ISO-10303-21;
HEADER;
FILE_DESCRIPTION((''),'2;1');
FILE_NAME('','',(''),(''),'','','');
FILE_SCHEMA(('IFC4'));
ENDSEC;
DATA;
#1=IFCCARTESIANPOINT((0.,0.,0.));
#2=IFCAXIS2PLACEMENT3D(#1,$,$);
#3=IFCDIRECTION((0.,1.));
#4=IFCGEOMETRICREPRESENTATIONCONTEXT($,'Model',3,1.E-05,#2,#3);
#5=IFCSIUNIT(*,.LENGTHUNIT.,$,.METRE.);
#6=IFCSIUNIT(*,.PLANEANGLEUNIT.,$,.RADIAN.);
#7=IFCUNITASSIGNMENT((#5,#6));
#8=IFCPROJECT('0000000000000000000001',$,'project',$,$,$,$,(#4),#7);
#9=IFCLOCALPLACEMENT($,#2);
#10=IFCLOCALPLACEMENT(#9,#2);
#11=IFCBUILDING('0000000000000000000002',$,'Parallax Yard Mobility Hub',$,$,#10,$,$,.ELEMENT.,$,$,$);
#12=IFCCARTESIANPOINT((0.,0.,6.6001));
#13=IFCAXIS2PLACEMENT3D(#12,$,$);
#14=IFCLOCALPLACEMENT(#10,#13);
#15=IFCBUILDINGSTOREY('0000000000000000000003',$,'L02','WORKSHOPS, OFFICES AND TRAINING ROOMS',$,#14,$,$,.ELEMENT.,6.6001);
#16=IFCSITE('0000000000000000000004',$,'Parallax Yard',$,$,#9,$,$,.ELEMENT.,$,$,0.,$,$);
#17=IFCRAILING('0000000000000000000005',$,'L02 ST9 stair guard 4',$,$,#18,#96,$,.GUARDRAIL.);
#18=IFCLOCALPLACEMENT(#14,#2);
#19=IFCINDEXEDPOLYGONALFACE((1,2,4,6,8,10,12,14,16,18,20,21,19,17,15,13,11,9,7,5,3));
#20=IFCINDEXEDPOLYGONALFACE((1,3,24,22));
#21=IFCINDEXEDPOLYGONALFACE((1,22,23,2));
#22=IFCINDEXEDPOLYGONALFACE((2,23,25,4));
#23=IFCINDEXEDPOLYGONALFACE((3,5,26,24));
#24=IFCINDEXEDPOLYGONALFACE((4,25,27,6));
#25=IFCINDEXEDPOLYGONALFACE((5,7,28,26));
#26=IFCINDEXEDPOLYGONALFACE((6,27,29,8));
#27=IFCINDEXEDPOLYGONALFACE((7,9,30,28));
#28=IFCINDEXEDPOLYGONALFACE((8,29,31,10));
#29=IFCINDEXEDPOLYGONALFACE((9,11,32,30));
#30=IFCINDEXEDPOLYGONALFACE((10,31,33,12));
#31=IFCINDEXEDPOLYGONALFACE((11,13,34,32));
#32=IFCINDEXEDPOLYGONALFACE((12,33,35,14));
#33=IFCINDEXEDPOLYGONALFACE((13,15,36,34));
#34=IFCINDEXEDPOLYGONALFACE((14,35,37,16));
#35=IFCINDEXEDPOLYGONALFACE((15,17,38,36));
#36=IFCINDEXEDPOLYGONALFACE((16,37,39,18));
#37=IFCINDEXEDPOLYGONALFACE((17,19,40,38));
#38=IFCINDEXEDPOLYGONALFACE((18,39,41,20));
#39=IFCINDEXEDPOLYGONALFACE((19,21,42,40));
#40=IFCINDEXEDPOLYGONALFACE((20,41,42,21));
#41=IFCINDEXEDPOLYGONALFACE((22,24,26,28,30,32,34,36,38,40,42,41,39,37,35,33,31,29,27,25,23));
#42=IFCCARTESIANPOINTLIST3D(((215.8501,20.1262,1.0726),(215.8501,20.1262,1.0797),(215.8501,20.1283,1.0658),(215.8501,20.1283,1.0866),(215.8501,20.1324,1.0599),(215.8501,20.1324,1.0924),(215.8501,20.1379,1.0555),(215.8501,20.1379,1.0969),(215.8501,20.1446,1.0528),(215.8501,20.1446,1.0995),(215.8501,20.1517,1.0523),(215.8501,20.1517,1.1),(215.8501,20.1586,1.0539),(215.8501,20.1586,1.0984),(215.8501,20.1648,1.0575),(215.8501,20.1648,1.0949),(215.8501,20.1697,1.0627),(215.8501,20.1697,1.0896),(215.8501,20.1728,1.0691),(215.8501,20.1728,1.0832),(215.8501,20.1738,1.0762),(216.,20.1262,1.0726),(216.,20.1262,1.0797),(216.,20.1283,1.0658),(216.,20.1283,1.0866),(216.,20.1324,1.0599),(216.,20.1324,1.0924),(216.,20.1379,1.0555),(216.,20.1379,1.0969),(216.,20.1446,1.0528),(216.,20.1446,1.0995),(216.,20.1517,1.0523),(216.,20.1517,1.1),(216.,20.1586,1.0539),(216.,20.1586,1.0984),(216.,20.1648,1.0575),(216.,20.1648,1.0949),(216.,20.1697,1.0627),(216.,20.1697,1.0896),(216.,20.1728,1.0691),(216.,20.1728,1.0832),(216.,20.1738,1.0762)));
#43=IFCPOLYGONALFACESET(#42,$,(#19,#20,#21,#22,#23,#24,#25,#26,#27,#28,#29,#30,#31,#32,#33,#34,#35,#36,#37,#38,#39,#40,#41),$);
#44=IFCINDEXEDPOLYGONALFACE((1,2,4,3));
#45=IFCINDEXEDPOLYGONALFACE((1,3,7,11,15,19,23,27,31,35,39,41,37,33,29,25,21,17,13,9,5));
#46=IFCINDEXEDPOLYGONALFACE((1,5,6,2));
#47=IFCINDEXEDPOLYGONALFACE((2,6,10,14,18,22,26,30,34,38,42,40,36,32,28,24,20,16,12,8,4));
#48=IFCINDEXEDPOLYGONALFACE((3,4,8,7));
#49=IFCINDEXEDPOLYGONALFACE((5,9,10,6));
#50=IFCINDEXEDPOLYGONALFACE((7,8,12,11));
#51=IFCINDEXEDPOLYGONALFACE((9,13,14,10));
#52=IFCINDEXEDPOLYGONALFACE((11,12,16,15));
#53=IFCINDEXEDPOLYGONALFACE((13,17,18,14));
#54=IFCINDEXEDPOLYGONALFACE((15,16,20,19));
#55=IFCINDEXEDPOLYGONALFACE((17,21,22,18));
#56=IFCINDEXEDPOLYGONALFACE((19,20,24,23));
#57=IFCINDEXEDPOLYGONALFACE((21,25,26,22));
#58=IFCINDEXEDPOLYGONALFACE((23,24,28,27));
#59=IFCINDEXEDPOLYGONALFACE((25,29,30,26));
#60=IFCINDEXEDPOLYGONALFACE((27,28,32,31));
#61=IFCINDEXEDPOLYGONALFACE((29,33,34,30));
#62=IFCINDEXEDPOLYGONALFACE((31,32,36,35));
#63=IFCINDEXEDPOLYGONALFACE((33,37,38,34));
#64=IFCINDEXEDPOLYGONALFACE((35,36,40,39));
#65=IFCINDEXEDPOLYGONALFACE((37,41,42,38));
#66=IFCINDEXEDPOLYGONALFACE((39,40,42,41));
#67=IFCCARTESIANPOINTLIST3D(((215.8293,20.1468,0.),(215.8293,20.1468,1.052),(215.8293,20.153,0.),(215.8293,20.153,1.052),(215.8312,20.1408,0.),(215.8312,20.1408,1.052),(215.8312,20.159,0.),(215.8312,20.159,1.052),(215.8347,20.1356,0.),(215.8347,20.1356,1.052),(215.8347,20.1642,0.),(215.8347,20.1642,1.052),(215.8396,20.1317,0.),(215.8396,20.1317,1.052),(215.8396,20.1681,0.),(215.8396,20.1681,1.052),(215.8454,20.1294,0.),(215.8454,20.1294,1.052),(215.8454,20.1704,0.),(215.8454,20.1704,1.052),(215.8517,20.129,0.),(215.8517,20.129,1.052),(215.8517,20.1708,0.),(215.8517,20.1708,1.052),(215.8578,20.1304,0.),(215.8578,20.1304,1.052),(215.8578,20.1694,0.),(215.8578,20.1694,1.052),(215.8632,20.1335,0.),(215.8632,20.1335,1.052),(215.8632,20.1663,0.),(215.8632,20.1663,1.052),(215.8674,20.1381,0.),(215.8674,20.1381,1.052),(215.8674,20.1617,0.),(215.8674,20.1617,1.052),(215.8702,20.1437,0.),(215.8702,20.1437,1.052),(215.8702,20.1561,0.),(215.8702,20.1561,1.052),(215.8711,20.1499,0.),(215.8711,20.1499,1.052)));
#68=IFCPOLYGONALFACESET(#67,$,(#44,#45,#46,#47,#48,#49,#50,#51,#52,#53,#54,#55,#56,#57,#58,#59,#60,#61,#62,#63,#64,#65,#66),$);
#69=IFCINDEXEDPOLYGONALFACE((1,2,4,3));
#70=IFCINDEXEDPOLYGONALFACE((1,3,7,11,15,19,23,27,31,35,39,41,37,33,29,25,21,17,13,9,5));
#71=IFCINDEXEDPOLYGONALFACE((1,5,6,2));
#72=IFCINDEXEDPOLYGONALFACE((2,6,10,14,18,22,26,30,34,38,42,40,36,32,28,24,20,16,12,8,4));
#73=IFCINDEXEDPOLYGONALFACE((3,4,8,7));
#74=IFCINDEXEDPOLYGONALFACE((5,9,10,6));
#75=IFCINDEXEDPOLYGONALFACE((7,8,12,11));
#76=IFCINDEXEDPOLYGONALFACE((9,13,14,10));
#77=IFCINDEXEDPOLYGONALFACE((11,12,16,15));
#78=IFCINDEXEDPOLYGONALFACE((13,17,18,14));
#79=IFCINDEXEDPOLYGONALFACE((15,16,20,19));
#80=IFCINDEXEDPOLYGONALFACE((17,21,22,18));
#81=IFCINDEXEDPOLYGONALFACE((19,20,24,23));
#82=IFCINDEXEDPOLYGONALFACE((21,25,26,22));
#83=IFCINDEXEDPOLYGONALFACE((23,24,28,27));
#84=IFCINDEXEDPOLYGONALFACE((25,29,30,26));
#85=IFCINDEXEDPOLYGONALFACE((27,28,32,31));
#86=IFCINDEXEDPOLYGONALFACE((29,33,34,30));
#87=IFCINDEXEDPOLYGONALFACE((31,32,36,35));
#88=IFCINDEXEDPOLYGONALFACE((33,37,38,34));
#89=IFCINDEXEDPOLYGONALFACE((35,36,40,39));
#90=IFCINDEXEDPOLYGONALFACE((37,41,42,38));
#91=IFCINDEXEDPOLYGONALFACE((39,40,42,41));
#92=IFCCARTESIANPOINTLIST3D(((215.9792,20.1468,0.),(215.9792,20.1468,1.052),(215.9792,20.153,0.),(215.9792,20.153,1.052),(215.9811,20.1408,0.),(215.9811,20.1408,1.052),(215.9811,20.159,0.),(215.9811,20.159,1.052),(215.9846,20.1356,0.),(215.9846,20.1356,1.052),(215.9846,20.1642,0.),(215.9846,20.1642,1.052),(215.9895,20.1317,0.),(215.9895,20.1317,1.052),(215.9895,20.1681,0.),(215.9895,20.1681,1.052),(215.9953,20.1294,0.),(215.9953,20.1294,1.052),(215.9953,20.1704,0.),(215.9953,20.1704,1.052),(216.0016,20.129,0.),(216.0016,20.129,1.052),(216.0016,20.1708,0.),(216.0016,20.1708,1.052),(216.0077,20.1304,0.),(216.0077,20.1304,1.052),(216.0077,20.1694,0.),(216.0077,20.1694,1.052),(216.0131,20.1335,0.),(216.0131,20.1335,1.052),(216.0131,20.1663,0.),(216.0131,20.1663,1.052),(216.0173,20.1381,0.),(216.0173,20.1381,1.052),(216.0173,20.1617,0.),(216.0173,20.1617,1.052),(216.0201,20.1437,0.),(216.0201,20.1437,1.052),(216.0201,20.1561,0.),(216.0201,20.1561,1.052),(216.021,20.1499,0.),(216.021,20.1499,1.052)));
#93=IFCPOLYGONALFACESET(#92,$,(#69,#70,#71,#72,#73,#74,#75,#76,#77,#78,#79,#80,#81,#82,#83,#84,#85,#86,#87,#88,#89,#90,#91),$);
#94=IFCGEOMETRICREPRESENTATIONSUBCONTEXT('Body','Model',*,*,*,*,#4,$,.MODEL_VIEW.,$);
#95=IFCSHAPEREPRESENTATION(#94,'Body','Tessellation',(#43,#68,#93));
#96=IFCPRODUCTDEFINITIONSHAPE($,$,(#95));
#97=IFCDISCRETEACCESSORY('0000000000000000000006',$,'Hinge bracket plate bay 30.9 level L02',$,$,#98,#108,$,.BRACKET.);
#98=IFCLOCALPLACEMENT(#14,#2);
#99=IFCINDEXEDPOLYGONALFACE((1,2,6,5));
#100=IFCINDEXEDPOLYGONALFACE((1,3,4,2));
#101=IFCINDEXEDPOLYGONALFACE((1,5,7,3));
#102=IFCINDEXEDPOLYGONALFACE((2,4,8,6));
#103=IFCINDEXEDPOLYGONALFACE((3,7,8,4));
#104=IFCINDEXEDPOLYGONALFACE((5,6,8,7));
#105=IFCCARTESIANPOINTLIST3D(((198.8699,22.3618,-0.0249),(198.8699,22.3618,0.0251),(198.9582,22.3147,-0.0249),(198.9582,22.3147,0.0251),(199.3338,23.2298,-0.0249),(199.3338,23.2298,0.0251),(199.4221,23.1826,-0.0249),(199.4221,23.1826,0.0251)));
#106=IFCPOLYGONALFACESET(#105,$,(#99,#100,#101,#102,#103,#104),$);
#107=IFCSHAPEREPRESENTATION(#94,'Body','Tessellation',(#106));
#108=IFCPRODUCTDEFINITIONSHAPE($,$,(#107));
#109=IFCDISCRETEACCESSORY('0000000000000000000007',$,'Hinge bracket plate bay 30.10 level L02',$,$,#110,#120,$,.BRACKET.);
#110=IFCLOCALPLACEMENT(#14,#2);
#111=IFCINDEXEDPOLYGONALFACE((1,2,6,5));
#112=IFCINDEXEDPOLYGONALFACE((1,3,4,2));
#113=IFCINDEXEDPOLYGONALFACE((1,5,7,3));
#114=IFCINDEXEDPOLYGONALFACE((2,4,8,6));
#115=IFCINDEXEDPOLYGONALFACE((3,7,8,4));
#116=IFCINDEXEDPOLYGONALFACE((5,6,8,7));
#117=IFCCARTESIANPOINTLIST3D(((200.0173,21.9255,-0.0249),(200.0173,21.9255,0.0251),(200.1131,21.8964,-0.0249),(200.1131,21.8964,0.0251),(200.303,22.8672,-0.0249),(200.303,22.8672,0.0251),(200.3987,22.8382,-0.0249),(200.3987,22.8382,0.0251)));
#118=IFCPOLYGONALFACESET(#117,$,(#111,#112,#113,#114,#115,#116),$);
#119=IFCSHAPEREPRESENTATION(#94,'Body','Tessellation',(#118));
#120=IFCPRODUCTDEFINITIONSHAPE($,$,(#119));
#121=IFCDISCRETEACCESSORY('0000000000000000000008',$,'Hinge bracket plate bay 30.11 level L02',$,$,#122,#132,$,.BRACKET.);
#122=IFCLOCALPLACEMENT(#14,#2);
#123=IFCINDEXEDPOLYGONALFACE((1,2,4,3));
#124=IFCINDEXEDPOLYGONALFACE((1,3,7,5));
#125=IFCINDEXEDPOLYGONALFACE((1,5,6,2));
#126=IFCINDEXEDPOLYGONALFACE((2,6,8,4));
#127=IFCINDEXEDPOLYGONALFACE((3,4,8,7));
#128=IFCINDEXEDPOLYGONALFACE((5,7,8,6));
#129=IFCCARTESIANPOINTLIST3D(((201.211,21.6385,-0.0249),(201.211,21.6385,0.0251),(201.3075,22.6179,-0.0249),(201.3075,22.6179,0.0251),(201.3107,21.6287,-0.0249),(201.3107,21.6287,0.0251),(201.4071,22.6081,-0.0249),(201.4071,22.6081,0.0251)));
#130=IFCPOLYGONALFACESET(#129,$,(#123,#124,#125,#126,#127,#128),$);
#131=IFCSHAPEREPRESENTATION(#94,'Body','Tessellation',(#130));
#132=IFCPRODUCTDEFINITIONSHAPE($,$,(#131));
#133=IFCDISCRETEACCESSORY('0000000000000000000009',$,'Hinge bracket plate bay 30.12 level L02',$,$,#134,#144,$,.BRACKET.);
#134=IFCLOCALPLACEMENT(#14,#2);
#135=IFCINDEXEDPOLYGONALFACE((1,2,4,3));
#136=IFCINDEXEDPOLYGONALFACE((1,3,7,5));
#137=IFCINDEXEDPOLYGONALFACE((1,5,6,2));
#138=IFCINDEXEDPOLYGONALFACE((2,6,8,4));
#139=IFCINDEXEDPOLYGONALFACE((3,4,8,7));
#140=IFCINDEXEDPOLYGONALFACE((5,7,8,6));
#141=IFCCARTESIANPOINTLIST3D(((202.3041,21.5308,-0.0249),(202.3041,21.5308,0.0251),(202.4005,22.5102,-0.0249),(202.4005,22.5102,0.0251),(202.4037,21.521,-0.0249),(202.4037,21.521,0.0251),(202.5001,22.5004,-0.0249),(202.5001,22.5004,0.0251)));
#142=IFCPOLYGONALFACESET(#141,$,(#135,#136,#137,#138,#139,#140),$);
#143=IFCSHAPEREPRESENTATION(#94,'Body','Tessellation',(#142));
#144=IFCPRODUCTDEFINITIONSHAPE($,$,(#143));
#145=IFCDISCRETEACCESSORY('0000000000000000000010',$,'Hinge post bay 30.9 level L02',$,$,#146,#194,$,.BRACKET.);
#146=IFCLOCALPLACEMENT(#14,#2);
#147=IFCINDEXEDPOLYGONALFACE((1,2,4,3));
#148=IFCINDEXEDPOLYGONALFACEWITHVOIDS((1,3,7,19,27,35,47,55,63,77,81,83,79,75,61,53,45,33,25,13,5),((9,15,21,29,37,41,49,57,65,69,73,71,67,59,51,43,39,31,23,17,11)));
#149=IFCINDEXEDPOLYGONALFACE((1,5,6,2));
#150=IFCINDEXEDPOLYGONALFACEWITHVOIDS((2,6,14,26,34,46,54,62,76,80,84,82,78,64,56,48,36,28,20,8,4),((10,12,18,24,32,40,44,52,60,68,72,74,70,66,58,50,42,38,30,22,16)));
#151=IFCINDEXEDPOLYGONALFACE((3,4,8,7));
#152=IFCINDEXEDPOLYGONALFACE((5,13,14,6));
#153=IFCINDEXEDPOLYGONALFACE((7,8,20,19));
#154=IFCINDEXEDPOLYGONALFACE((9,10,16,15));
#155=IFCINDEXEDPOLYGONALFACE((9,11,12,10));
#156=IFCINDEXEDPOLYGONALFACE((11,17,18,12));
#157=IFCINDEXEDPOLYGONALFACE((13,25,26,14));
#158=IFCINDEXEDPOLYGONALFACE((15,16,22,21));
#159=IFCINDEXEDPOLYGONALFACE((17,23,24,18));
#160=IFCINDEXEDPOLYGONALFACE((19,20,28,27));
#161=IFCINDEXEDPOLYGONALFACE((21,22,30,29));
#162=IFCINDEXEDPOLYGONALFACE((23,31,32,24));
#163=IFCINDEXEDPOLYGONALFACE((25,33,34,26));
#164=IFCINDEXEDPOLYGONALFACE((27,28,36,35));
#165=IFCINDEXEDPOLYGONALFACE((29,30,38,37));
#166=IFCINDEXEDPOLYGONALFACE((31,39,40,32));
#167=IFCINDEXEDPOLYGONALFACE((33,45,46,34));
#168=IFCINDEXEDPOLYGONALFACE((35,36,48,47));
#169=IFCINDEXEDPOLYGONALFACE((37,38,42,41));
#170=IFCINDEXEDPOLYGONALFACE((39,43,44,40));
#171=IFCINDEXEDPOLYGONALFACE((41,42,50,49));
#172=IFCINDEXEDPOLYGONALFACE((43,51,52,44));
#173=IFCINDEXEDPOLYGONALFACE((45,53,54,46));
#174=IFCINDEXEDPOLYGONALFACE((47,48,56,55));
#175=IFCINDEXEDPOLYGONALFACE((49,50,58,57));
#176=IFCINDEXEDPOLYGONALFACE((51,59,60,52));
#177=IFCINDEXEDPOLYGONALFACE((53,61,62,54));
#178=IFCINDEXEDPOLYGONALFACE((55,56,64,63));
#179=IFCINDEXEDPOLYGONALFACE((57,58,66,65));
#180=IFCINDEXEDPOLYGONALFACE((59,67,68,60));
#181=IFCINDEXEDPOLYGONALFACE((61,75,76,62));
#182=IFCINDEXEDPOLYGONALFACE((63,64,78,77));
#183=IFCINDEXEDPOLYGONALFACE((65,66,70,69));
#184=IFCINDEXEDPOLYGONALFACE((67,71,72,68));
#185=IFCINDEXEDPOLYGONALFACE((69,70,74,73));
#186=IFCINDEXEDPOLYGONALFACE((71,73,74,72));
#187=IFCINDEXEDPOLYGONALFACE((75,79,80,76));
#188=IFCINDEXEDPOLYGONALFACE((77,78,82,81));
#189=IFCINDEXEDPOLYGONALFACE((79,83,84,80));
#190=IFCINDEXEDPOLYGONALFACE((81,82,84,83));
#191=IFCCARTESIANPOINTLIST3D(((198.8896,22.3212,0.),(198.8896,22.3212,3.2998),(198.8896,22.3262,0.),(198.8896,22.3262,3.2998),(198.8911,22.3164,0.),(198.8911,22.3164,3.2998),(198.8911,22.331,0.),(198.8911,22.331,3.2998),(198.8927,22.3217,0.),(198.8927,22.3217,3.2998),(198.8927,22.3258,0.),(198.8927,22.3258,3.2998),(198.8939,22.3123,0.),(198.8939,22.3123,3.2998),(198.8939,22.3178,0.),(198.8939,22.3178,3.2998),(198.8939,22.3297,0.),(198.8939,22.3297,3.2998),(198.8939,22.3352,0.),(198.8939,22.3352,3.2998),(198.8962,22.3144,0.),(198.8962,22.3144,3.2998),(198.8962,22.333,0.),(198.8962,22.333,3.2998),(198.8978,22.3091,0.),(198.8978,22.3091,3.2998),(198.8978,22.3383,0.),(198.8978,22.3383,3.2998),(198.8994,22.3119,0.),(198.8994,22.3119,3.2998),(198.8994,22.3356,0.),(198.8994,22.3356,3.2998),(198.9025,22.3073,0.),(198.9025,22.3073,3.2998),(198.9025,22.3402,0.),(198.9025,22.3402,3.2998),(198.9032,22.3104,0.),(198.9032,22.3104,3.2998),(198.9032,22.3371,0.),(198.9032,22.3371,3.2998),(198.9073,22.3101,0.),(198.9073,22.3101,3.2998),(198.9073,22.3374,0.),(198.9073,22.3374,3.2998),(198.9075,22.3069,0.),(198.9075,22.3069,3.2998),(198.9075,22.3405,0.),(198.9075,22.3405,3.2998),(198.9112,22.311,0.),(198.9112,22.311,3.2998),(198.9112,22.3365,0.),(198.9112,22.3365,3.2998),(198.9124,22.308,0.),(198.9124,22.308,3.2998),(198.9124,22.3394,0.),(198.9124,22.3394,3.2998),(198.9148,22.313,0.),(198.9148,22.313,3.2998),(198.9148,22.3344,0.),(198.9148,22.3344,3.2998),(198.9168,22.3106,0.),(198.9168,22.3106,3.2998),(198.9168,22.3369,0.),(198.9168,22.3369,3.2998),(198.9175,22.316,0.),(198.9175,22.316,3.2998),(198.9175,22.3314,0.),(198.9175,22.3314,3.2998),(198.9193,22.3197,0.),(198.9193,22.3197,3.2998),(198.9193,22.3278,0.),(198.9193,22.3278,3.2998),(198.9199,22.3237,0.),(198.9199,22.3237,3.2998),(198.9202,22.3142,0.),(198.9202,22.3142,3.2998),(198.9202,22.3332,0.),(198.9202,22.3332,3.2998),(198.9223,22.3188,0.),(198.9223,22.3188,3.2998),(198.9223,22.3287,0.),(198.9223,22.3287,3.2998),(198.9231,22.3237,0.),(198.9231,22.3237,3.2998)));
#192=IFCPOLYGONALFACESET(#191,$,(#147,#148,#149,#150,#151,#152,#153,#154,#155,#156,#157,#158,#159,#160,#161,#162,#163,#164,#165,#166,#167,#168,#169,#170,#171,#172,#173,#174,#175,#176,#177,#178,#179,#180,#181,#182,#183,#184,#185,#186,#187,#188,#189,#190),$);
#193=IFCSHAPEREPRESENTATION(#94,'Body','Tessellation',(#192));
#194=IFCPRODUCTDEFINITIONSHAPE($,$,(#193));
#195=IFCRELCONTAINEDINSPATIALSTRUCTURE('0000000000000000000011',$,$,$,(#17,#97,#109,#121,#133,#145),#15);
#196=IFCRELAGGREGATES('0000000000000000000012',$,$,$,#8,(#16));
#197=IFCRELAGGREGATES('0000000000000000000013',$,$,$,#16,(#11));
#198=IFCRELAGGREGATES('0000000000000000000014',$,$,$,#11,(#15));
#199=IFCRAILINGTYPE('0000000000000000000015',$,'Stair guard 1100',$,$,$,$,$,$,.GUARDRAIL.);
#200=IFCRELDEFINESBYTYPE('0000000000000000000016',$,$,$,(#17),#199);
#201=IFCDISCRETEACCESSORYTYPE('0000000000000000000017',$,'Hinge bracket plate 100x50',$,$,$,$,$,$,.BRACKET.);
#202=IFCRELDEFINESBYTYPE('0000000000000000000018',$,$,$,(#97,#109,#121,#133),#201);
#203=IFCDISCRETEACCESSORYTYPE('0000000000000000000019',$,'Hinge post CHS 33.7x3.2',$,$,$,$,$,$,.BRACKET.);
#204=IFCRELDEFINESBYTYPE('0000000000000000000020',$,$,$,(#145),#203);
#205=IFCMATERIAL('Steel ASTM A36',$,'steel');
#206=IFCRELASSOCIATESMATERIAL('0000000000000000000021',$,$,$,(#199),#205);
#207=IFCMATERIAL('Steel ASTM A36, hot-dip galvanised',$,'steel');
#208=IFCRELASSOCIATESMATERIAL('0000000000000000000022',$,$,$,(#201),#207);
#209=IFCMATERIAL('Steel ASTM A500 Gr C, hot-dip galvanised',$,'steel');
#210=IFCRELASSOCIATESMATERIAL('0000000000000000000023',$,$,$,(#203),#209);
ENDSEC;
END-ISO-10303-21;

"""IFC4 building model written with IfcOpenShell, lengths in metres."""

from ifc_helpers import new_model, si_unit, direction, frame, origin, origin_2d, place, context, subcontext, project, spatial, rectangle, circle, hollow_circle, extrude, material, material_profile, profile_set, type_object, element, save


model = new_model("IFC4")

# Units and contexts
model_context = context("Model", 3, precision=1e-05, world=origin(), true_north=direction((0.0, 1.0)))
body_context = subcontext(model_context, "Body", "Model", "MODEL_VIEW")
ifc_project = project(units=[si_unit("LENGTHUNIT", "METRE"), si_unit("PLANEANGLEUNIT", "RADIAN")], contexts=[model_context])

# Site, building, storey
site_placement = place(None, origin())
site = spatial("IfcSite", under=ifc_project, at=site_placement, Name="Parallax Yard", CompositionType="ELEMENT", RefElevation=0.0)
building_placement = place(site_placement, origin())
building = spatial("IfcBuilding", under=site, at=building_placement, Name="Parallax Yard Mobility Hub", CompositionType="ELEMENT")
storey_placement = place(building_placement, frame((0.0, 0.0, 6.6001)))
storey = spatial("IfcBuildingStorey", under=building, at=storey_placement, Name="L02", Description="WORKSHOPS, OFFICES AND TRAINING ROOMS", CompositionType="ELEMENT", Elevation=6.6001)

# Railing
ifc_material_1 = material(Name="Steel ASTM A36", Category="steel")
railing_type = type_object("IfcRailingType", Name="Stair guard 1100", PredefinedType="GUARDRAIL", material=ifc_material_1)
railing_placement = place(storey_placement, frame((215.8501, 20.1499, 0.0)))
element("IfcRailing", 1, at=railing_placement, inside=storey, type_object=railing_type, Name="L02 ST9 stair guard 4", PredefinedType="GUARDRAIL", context=body_context, shape_type="SweptSolid", body=[
    extrude(circle(Radius=0.0239, at=origin_2d()), frame((0.0, 0.0, 1.0762), z_axis=(1.0, 0.0, 0.0), x_axis=(0.0, 1.0, 0.0)), (0.0, 0.0, 1.0), 0.1499),
    extrude(circle(Radius=0.021, at=origin_2d()), origin(), (0.0, 0.0, 1.0), 1.052),
    extrude(circle(Radius=0.021, at=origin_2d()), frame((0.1499, 0.0, 0.0)), (0.0, 0.0, 1.0), 1.052),
])

# Discrete accessories
ifc_material_2 = material(Name="Steel ASTM A36, hot-dip galvanised", Category="steel")
discrete_accessory_type_1 = type_object("IfcDiscreteAccessoryType", Name="Hinge bracket plate 100x50", PredefinedType="BRACKET", material=ifc_material_2)
for number, where, z_axis, x_axis, name in (
    (2, (199.146, 22.7722, -0.0249), (0.0, 0.0, 1.0), (-0.471397, -0.881921, 0.0), "Hinge bracket plate bay 30.9 level L02"),
    (3, (200.208, 22.3818, -0.0249), (0.0, 0.0, 1.0), (-0.290285, -0.95694, 0.0), "Hinge bracket plate bay 30.10 level L02"),
    (4, (201.3091, 22.1233, -0.0249), (0.0, 0.0, 1.0), (-0.098017, -0.995185, 0.0), "Hinge bracket plate bay 30.11 level L02"),
    (5, (202.4021, 22.0156, -0.0249), (0.0, 0.0, 1.0), (-0.098017, -0.995185, 0.0), "Hinge bracket plate bay 30.12 level L02"),
):
    element("IfcDiscreteAccessory", number, at=place(storey_placement, frame(where, z_axis=z_axis, x_axis=x_axis)), inside=storey, type_object=discrete_accessory_type_1, Name=name, PredefinedType="BRACKET", context=body_context, shape_type="SweptSolid", body=[
        extrude(rectangle(XDim=0.9841, YDim=0.1001, at=origin_2d()), origin(), (0.0, 0.0, 1.0), 0.05),
    ])
ifc_material_3 = material(Name="Steel ASTM A500 Gr C, hot-dip galvanised", Category="steel")
ifc_material_profile_1 = material_profile(ifc_material_3, hollow_circle(Radius=0.0168, WallThickness=0.0032, at=origin_2d()), Name="CHS 33.7x3.2")
ifc_profile_set_1 = profile_set([ifc_material_profile_1], Name="Steel ASTM A500 Gr C, hot-dip galvanised")
discrete_accessory_type_2 = type_object("IfcDiscreteAccessoryType", Name="Hinge post CHS 33.7x3.2", PredefinedType="BRACKET", material=ifc_profile_set_1)
for number, where, z_axis, x_axis, name in (
    (6, (198.9062, 22.3237, 0.0), (0.0, 0.0, 1.0), (1.0, 0.0, 0.0), "Hinge post bay 30.9 level L02"),
):
    element("IfcDiscreteAccessory", number, at=place(storey_placement, frame(where, z_axis=z_axis, x_axis=x_axis)), inside=storey, type_object=discrete_accessory_type_2, Name=name, PredefinedType="BRACKET", context=body_context, shape_type="SweptSolid", body=[
        extrude(hollow_circle(Radius=0.0168, WallThickness=0.0032, at=origin_2d()), origin(), (0.0, 0.0, 1.0), 3.2998),
    ])

save(model, "model.ifc")
